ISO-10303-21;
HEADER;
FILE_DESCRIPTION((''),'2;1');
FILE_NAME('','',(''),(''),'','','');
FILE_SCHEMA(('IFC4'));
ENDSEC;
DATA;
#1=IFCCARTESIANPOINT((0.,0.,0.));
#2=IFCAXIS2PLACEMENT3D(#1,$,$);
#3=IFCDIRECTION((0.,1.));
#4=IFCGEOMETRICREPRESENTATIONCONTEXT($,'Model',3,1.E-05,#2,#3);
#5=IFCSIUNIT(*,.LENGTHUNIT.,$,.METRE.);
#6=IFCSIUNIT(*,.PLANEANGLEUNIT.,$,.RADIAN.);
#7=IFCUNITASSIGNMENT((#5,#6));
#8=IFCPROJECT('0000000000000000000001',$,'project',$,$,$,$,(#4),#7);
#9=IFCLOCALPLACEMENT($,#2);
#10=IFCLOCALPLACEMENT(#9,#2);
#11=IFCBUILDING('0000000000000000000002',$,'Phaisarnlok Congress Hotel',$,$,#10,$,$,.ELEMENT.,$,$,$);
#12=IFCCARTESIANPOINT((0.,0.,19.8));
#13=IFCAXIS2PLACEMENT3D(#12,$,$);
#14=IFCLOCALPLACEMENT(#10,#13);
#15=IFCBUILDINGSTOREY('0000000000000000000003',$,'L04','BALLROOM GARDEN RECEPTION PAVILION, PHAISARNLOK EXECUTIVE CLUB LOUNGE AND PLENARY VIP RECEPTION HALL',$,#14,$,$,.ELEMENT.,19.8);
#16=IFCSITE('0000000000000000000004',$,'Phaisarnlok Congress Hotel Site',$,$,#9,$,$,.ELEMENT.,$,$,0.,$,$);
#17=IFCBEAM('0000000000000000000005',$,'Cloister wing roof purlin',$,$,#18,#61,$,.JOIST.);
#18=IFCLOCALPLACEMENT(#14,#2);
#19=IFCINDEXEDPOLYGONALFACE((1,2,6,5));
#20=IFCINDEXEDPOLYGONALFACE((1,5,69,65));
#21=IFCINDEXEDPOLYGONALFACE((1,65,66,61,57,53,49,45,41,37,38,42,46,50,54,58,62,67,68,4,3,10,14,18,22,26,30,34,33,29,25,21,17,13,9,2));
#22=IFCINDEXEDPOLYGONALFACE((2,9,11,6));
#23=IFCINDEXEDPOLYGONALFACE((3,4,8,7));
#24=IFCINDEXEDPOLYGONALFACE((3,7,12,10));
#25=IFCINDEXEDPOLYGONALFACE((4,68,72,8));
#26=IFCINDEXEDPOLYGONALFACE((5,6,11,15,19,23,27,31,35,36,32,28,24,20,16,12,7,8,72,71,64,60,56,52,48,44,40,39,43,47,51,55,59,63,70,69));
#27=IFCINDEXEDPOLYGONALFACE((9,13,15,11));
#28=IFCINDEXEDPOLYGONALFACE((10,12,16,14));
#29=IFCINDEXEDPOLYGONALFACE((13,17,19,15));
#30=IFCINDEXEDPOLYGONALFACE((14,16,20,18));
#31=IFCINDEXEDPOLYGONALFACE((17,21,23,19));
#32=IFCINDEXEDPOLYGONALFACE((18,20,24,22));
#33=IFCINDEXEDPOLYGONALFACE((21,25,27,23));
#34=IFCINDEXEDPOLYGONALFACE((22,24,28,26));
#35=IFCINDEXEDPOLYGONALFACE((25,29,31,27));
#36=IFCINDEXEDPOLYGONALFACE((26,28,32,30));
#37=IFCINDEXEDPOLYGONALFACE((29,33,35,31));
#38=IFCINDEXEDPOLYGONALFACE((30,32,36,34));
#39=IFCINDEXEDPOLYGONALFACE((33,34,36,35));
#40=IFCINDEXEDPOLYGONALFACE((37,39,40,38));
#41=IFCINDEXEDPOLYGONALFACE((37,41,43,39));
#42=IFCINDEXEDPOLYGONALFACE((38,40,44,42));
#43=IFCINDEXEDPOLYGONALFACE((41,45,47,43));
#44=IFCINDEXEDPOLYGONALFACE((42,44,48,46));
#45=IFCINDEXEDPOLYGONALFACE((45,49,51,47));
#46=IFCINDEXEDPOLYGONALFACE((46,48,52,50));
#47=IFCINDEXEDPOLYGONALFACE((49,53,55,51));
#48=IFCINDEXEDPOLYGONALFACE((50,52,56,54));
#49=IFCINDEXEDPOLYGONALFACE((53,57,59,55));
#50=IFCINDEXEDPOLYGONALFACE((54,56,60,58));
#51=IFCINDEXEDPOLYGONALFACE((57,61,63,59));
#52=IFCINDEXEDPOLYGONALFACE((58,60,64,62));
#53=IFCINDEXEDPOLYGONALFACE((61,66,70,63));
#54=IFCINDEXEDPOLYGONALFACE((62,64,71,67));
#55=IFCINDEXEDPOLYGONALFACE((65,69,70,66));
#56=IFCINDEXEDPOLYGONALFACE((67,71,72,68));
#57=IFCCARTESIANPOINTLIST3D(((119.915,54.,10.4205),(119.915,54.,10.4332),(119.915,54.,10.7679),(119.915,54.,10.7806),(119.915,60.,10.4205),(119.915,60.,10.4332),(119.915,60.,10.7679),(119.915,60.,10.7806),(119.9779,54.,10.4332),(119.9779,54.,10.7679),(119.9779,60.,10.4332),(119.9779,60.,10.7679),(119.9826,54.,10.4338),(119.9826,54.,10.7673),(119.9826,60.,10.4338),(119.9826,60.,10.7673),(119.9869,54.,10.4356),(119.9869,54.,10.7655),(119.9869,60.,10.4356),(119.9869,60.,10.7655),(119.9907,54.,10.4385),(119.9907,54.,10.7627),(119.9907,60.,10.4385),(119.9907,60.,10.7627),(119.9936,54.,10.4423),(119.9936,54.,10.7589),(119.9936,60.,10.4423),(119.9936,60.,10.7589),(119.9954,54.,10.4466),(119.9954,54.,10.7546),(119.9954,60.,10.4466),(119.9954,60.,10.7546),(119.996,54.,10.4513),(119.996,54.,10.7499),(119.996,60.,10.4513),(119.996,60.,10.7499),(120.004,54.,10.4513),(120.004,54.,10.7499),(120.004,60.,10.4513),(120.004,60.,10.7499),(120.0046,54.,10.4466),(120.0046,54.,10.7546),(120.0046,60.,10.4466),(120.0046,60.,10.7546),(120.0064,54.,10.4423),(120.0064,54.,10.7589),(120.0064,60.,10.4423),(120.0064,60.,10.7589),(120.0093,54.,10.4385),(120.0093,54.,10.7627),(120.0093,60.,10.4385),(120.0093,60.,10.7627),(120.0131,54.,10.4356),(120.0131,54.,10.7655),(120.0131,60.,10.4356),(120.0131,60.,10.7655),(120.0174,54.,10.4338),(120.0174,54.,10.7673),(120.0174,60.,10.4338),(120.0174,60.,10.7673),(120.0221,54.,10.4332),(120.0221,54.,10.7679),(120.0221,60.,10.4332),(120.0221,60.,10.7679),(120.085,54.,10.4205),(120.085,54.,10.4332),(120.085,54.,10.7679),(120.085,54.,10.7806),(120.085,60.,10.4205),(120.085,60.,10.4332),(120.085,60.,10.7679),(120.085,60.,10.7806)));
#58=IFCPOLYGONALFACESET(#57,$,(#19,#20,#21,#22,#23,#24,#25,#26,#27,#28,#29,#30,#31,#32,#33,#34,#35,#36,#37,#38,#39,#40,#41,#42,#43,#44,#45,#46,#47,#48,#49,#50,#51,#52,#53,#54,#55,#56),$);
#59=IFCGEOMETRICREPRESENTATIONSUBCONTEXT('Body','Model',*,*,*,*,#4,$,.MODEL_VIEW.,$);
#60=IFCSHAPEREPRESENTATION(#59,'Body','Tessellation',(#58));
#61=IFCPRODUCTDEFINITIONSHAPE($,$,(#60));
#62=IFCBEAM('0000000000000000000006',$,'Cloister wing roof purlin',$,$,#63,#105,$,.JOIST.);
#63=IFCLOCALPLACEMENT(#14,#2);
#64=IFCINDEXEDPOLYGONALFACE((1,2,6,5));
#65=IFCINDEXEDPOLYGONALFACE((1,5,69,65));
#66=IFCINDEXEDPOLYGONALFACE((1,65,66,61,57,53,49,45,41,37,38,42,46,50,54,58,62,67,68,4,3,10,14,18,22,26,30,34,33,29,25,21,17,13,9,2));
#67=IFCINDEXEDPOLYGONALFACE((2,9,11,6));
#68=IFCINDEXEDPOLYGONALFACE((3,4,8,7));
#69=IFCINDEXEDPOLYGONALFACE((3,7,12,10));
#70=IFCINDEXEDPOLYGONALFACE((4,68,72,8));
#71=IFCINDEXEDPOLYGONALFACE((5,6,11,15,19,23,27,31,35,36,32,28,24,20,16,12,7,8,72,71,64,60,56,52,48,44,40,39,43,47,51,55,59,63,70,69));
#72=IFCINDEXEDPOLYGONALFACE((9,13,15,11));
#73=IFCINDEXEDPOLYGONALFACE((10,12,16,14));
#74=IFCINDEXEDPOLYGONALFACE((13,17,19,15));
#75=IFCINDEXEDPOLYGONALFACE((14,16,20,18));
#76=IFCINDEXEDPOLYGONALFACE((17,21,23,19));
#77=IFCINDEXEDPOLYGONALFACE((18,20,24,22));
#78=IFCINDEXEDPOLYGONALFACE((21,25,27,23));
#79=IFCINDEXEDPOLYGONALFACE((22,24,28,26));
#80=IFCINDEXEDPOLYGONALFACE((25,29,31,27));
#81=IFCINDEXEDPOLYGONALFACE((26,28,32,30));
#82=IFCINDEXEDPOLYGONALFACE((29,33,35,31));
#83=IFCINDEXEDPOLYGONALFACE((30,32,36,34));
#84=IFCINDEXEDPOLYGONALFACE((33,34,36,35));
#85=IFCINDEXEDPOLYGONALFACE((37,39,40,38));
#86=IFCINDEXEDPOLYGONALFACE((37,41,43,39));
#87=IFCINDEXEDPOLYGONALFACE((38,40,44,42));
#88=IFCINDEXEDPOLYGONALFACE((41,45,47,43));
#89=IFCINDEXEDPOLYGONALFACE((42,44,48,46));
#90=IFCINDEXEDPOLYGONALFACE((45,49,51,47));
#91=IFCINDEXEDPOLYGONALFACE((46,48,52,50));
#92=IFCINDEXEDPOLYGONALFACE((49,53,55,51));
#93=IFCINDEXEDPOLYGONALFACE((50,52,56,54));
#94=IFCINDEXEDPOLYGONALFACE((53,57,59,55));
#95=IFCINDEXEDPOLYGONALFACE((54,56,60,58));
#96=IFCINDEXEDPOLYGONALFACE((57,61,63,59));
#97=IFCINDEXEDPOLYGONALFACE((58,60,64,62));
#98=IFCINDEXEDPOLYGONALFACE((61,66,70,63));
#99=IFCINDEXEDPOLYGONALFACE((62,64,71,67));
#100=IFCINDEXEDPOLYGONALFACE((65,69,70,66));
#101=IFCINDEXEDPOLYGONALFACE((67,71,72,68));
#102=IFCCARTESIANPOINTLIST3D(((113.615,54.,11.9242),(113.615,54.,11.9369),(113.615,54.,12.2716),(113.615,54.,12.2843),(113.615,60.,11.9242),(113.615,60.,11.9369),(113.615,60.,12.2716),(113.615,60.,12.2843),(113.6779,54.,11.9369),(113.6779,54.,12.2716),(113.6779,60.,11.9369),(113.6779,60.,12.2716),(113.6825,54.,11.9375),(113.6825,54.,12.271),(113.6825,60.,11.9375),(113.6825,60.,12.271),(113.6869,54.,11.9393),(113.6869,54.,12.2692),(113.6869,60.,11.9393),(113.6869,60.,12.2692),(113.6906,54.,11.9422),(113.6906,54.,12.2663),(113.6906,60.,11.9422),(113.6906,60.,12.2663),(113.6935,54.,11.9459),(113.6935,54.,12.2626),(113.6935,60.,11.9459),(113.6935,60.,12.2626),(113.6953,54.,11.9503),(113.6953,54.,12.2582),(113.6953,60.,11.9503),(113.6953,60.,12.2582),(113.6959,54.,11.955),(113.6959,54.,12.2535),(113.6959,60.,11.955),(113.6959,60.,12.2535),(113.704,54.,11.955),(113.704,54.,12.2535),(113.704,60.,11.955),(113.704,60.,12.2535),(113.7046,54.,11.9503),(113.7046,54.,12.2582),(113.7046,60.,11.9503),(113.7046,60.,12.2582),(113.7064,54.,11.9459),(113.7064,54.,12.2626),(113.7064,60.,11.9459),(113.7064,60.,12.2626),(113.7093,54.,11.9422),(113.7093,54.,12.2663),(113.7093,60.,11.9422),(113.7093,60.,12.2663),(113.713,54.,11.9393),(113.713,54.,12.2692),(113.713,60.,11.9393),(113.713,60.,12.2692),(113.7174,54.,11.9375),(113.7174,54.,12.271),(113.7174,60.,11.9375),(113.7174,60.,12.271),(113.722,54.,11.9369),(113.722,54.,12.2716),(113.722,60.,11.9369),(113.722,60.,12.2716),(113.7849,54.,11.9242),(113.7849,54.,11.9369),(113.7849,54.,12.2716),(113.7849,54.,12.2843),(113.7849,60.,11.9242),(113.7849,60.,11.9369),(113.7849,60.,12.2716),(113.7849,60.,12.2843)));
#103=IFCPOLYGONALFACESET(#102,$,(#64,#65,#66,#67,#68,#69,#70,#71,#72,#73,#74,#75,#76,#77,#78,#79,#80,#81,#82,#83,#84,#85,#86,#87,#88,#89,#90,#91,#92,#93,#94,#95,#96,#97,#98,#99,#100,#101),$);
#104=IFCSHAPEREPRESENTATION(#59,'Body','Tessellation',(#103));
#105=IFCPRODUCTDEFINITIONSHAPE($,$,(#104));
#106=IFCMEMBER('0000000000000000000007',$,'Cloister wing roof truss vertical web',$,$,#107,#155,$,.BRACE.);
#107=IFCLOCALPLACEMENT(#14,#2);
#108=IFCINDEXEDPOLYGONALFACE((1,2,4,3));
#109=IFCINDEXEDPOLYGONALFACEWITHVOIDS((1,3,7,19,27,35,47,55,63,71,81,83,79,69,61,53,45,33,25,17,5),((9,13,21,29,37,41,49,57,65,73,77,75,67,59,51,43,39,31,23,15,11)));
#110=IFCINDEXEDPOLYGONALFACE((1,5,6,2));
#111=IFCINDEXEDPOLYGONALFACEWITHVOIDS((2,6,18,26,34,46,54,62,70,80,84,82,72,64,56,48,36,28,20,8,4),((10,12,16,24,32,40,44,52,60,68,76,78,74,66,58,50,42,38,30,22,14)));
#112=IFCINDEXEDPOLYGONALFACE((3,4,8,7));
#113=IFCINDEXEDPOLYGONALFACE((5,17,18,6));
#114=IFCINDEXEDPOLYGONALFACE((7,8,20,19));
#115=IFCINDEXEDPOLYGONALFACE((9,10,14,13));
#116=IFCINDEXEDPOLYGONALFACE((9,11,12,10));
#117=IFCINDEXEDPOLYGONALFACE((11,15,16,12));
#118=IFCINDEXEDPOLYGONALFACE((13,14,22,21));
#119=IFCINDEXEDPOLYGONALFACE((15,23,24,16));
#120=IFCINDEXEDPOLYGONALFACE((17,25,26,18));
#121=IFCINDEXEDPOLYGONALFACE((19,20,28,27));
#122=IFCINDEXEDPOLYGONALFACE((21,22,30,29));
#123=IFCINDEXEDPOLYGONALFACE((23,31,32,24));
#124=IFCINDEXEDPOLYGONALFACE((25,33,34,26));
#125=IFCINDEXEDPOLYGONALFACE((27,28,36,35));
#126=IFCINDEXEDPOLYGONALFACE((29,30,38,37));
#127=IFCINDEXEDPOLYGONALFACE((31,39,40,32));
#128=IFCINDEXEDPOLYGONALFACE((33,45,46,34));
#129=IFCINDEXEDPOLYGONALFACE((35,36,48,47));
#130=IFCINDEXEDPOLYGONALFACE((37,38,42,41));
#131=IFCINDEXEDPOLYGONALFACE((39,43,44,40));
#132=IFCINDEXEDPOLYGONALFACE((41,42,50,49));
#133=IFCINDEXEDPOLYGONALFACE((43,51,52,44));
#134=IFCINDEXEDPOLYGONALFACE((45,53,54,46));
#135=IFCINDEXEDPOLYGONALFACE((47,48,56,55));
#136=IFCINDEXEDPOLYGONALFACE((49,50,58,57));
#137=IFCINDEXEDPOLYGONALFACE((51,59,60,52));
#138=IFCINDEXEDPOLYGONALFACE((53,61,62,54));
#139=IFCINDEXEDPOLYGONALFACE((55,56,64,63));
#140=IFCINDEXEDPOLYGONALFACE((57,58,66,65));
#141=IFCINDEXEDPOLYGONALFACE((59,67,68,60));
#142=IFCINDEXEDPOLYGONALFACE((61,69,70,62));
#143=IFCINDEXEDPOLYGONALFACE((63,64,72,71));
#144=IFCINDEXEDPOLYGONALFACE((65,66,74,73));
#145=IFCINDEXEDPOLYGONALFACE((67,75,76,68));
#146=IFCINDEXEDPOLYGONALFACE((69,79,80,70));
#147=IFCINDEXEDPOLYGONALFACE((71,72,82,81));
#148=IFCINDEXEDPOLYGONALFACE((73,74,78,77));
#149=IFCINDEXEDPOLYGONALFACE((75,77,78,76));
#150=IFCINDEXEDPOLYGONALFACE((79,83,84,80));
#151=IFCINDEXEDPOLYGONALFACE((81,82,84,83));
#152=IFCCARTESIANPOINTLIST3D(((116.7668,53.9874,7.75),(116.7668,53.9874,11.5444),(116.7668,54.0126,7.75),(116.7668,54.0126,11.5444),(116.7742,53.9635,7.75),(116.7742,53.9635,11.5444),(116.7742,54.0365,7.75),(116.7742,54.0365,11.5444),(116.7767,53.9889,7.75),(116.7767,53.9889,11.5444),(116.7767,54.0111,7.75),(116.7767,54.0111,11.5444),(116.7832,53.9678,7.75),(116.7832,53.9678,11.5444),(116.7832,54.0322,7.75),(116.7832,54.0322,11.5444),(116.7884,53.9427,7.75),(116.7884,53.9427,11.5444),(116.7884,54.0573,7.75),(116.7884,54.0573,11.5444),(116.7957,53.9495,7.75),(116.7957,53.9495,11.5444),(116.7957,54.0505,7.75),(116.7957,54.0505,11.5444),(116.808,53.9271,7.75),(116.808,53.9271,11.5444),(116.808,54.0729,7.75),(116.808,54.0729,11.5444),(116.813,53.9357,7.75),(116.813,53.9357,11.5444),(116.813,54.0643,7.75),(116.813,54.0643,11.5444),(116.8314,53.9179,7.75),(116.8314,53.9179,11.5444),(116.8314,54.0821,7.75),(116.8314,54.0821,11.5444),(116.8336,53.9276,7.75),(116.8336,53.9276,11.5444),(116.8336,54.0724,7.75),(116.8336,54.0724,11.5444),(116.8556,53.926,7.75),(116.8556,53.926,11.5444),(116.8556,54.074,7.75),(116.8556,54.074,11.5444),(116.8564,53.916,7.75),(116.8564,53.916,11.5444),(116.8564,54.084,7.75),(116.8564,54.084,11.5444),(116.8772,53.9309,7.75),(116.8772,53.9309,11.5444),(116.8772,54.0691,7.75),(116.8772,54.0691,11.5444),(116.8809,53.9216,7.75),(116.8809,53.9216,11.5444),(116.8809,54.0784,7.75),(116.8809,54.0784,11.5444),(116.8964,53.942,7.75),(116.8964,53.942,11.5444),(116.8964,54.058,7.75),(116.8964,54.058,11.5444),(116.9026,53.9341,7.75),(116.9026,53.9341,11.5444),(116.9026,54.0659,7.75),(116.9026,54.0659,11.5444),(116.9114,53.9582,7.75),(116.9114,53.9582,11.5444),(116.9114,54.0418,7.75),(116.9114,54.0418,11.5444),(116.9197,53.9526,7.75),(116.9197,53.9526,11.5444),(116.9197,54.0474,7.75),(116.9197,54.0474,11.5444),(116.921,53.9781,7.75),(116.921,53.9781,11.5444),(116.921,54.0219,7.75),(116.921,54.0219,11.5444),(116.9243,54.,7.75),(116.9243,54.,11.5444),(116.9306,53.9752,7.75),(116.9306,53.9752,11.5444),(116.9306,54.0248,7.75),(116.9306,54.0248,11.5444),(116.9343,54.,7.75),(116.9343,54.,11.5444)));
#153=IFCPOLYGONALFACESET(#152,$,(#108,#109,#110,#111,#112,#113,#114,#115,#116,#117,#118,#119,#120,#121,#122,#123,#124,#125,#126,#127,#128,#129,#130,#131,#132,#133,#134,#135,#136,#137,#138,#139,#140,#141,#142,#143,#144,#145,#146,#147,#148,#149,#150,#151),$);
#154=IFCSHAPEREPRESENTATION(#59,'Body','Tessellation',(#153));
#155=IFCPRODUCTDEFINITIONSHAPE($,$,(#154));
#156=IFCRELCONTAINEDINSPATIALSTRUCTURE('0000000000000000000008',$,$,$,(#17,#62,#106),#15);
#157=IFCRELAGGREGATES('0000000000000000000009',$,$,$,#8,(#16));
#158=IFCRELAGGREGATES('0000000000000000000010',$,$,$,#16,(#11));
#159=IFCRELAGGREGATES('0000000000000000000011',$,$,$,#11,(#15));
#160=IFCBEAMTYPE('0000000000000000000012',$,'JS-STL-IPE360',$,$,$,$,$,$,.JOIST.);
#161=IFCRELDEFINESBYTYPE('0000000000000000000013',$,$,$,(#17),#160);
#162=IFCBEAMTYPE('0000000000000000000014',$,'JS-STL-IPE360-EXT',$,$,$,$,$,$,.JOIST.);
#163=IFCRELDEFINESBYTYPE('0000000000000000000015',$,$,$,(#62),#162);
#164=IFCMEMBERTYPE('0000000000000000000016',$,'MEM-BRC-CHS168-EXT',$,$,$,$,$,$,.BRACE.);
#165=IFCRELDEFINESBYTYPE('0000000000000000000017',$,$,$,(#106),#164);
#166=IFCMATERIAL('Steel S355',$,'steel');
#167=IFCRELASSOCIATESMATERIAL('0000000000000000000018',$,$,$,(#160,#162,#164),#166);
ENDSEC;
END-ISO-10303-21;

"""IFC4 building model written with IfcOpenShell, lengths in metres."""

from ifc_helpers import new_model, si_unit, direction, frame, origin, origin_2d, place, context, subcontext, project, spatial, hollow_circle, i_section, extrude, material, material_profile, profile_set, type_object, element, save


model = new_model("IFC4")

# Units and contexts
model_context = context("Model", 3, precision=1e-05, world=origin(), true_north=direction((0.0, 1.0)))
body_context = subcontext(model_context, "Body", "Model", "MODEL_VIEW")
ifc_project = project(units=[si_unit("LENGTHUNIT", "METRE"), si_unit("PLANEANGLEUNIT", "RADIAN")], contexts=[model_context])

# Site, building, storey
site_placement = place(None, origin())
site = spatial("IfcSite", under=ifc_project, at=site_placement, Name="Phaisarnlok Congress Hotel Site", CompositionType="ELEMENT", RefElevation=0.0)
building_placement = place(site_placement, origin())
building = spatial("IfcBuilding", under=site, at=building_placement, Name="Phaisarnlok Congress Hotel", CompositionType="ELEMENT")
storey_placement = place(building_placement, frame((0.0, 0.0, 19.8)))
storey = spatial("IfcBuildingStorey", under=building, at=storey_placement, Name="L04", Description="BALLROOM GARDEN RECEPTION PAVILION, PHAISARNLOK EXECUTIVE CLUB LOUNGE AND PLENARY VIP RECEPTION HALL", CompositionType="ELEMENT", Elevation=19.8)

# Beams
ifc_material_1 = material(Name="Steel S355", Category="steel")
ifc_material_profile_1 = material_profile(ifc_material_1, i_section(OverallWidth=0.1699, OverallDepth=0.3601, WebThickness=0.0081, FlangeThickness=0.0127, FilletRadius=0.0181, at=origin_2d()), Name="IPE 360")
ifc_profile_set_1 = profile_set([ifc_material_profile_1], Name="Steel S355")
beam_type_1 = type_object("IfcBeamType", Name="JS-STL-IPE360", PredefinedType="JOIST", material=ifc_profile_set_1)
beam_1_placement = place(storey_placement, frame((120.0, 54.0, 10.6006), z_axis=(0.0, 1.0, 0.0), x_axis=(-1.0, 0.0, 0.0)))
element("IfcBeam", 1, at=beam_1_placement, inside=storey, type_object=beam_type_1, Name="Cloister wing roof purlin", PredefinedType="JOIST", context=body_context, shape_type="SweptSolid", body=[
    extrude(i_section(OverallWidth=0.1699, OverallDepth=0.3601, WebThickness=0.0081, FlangeThickness=0.0127, FilletRadius=0.0181, at=origin_2d()), origin(), (0.0, 0.0, 1.0), 6.0),
])
ifc_material_profile_2 = material_profile(ifc_material_1, i_section(OverallWidth=0.1699, OverallDepth=0.3601, WebThickness=0.0081, FlangeThickness=0.0127, FilletRadius=0.0181, at=origin_2d()), Name="IPE 360")
ifc_profile_set_2 = profile_set([ifc_material_profile_2], Name="Steel S355")
beam_type_2 = type_object("IfcBeamType", Name="JS-STL-IPE360-EXT", PredefinedType="JOIST", material=ifc_profile_set_2)
beam_2_placement = place(storey_placement, frame((113.7, 54.0, 12.1042), z_axis=(0.0, 1.0, 0.0), x_axis=(-1.0, 0.0, 0.0)))
element("IfcBeam", 2, at=beam_2_placement, inside=storey, type_object=beam_type_2, Name="Cloister wing roof purlin", PredefinedType="JOIST", context=body_context, shape_type="SweptSolid", body=[
    extrude(i_section(OverallWidth=0.1699, OverallDepth=0.3601, WebThickness=0.0081, FlangeThickness=0.0127, FilletRadius=0.0181, at=origin_2d()), origin(), (0.0, 0.0, 1.0), 6.0),
])

# Member
ifc_material_profile_3 = material_profile(ifc_material_1, hollow_circle(Radius=0.0842, WallThickness=0.01, at=origin_2d()), Name="CHS 168.3x10")
ifc_profile_set_3 = profile_set([ifc_material_profile_3], Name="Steel S355")
member_type_1 = type_object("IfcMemberType", Name="MEM-BRC-CHS168-EXT", PredefinedType="BRACE", material=ifc_profile_set_3)
member_1_placement = place(storey_placement, frame((116.8501, 54.0, 7.75), z_axis=(0.0, 0.0, 1.0), x_axis=(1.0, 0.0, 0.0)))
element("IfcMember", 3, at=member_1_placement, inside=storey, type_object=member_type_1, Name="Cloister wing roof truss vertical web", PredefinedType="BRACE", context=body_context, shape_type="SweptSolid", body=[
    extrude(hollow_circle(Radius=0.0842, WallThickness=0.01, at=origin_2d()), origin(), (0.0, 0.0, 1.0), 3.7944),
])

save(model, "model.ifc")
